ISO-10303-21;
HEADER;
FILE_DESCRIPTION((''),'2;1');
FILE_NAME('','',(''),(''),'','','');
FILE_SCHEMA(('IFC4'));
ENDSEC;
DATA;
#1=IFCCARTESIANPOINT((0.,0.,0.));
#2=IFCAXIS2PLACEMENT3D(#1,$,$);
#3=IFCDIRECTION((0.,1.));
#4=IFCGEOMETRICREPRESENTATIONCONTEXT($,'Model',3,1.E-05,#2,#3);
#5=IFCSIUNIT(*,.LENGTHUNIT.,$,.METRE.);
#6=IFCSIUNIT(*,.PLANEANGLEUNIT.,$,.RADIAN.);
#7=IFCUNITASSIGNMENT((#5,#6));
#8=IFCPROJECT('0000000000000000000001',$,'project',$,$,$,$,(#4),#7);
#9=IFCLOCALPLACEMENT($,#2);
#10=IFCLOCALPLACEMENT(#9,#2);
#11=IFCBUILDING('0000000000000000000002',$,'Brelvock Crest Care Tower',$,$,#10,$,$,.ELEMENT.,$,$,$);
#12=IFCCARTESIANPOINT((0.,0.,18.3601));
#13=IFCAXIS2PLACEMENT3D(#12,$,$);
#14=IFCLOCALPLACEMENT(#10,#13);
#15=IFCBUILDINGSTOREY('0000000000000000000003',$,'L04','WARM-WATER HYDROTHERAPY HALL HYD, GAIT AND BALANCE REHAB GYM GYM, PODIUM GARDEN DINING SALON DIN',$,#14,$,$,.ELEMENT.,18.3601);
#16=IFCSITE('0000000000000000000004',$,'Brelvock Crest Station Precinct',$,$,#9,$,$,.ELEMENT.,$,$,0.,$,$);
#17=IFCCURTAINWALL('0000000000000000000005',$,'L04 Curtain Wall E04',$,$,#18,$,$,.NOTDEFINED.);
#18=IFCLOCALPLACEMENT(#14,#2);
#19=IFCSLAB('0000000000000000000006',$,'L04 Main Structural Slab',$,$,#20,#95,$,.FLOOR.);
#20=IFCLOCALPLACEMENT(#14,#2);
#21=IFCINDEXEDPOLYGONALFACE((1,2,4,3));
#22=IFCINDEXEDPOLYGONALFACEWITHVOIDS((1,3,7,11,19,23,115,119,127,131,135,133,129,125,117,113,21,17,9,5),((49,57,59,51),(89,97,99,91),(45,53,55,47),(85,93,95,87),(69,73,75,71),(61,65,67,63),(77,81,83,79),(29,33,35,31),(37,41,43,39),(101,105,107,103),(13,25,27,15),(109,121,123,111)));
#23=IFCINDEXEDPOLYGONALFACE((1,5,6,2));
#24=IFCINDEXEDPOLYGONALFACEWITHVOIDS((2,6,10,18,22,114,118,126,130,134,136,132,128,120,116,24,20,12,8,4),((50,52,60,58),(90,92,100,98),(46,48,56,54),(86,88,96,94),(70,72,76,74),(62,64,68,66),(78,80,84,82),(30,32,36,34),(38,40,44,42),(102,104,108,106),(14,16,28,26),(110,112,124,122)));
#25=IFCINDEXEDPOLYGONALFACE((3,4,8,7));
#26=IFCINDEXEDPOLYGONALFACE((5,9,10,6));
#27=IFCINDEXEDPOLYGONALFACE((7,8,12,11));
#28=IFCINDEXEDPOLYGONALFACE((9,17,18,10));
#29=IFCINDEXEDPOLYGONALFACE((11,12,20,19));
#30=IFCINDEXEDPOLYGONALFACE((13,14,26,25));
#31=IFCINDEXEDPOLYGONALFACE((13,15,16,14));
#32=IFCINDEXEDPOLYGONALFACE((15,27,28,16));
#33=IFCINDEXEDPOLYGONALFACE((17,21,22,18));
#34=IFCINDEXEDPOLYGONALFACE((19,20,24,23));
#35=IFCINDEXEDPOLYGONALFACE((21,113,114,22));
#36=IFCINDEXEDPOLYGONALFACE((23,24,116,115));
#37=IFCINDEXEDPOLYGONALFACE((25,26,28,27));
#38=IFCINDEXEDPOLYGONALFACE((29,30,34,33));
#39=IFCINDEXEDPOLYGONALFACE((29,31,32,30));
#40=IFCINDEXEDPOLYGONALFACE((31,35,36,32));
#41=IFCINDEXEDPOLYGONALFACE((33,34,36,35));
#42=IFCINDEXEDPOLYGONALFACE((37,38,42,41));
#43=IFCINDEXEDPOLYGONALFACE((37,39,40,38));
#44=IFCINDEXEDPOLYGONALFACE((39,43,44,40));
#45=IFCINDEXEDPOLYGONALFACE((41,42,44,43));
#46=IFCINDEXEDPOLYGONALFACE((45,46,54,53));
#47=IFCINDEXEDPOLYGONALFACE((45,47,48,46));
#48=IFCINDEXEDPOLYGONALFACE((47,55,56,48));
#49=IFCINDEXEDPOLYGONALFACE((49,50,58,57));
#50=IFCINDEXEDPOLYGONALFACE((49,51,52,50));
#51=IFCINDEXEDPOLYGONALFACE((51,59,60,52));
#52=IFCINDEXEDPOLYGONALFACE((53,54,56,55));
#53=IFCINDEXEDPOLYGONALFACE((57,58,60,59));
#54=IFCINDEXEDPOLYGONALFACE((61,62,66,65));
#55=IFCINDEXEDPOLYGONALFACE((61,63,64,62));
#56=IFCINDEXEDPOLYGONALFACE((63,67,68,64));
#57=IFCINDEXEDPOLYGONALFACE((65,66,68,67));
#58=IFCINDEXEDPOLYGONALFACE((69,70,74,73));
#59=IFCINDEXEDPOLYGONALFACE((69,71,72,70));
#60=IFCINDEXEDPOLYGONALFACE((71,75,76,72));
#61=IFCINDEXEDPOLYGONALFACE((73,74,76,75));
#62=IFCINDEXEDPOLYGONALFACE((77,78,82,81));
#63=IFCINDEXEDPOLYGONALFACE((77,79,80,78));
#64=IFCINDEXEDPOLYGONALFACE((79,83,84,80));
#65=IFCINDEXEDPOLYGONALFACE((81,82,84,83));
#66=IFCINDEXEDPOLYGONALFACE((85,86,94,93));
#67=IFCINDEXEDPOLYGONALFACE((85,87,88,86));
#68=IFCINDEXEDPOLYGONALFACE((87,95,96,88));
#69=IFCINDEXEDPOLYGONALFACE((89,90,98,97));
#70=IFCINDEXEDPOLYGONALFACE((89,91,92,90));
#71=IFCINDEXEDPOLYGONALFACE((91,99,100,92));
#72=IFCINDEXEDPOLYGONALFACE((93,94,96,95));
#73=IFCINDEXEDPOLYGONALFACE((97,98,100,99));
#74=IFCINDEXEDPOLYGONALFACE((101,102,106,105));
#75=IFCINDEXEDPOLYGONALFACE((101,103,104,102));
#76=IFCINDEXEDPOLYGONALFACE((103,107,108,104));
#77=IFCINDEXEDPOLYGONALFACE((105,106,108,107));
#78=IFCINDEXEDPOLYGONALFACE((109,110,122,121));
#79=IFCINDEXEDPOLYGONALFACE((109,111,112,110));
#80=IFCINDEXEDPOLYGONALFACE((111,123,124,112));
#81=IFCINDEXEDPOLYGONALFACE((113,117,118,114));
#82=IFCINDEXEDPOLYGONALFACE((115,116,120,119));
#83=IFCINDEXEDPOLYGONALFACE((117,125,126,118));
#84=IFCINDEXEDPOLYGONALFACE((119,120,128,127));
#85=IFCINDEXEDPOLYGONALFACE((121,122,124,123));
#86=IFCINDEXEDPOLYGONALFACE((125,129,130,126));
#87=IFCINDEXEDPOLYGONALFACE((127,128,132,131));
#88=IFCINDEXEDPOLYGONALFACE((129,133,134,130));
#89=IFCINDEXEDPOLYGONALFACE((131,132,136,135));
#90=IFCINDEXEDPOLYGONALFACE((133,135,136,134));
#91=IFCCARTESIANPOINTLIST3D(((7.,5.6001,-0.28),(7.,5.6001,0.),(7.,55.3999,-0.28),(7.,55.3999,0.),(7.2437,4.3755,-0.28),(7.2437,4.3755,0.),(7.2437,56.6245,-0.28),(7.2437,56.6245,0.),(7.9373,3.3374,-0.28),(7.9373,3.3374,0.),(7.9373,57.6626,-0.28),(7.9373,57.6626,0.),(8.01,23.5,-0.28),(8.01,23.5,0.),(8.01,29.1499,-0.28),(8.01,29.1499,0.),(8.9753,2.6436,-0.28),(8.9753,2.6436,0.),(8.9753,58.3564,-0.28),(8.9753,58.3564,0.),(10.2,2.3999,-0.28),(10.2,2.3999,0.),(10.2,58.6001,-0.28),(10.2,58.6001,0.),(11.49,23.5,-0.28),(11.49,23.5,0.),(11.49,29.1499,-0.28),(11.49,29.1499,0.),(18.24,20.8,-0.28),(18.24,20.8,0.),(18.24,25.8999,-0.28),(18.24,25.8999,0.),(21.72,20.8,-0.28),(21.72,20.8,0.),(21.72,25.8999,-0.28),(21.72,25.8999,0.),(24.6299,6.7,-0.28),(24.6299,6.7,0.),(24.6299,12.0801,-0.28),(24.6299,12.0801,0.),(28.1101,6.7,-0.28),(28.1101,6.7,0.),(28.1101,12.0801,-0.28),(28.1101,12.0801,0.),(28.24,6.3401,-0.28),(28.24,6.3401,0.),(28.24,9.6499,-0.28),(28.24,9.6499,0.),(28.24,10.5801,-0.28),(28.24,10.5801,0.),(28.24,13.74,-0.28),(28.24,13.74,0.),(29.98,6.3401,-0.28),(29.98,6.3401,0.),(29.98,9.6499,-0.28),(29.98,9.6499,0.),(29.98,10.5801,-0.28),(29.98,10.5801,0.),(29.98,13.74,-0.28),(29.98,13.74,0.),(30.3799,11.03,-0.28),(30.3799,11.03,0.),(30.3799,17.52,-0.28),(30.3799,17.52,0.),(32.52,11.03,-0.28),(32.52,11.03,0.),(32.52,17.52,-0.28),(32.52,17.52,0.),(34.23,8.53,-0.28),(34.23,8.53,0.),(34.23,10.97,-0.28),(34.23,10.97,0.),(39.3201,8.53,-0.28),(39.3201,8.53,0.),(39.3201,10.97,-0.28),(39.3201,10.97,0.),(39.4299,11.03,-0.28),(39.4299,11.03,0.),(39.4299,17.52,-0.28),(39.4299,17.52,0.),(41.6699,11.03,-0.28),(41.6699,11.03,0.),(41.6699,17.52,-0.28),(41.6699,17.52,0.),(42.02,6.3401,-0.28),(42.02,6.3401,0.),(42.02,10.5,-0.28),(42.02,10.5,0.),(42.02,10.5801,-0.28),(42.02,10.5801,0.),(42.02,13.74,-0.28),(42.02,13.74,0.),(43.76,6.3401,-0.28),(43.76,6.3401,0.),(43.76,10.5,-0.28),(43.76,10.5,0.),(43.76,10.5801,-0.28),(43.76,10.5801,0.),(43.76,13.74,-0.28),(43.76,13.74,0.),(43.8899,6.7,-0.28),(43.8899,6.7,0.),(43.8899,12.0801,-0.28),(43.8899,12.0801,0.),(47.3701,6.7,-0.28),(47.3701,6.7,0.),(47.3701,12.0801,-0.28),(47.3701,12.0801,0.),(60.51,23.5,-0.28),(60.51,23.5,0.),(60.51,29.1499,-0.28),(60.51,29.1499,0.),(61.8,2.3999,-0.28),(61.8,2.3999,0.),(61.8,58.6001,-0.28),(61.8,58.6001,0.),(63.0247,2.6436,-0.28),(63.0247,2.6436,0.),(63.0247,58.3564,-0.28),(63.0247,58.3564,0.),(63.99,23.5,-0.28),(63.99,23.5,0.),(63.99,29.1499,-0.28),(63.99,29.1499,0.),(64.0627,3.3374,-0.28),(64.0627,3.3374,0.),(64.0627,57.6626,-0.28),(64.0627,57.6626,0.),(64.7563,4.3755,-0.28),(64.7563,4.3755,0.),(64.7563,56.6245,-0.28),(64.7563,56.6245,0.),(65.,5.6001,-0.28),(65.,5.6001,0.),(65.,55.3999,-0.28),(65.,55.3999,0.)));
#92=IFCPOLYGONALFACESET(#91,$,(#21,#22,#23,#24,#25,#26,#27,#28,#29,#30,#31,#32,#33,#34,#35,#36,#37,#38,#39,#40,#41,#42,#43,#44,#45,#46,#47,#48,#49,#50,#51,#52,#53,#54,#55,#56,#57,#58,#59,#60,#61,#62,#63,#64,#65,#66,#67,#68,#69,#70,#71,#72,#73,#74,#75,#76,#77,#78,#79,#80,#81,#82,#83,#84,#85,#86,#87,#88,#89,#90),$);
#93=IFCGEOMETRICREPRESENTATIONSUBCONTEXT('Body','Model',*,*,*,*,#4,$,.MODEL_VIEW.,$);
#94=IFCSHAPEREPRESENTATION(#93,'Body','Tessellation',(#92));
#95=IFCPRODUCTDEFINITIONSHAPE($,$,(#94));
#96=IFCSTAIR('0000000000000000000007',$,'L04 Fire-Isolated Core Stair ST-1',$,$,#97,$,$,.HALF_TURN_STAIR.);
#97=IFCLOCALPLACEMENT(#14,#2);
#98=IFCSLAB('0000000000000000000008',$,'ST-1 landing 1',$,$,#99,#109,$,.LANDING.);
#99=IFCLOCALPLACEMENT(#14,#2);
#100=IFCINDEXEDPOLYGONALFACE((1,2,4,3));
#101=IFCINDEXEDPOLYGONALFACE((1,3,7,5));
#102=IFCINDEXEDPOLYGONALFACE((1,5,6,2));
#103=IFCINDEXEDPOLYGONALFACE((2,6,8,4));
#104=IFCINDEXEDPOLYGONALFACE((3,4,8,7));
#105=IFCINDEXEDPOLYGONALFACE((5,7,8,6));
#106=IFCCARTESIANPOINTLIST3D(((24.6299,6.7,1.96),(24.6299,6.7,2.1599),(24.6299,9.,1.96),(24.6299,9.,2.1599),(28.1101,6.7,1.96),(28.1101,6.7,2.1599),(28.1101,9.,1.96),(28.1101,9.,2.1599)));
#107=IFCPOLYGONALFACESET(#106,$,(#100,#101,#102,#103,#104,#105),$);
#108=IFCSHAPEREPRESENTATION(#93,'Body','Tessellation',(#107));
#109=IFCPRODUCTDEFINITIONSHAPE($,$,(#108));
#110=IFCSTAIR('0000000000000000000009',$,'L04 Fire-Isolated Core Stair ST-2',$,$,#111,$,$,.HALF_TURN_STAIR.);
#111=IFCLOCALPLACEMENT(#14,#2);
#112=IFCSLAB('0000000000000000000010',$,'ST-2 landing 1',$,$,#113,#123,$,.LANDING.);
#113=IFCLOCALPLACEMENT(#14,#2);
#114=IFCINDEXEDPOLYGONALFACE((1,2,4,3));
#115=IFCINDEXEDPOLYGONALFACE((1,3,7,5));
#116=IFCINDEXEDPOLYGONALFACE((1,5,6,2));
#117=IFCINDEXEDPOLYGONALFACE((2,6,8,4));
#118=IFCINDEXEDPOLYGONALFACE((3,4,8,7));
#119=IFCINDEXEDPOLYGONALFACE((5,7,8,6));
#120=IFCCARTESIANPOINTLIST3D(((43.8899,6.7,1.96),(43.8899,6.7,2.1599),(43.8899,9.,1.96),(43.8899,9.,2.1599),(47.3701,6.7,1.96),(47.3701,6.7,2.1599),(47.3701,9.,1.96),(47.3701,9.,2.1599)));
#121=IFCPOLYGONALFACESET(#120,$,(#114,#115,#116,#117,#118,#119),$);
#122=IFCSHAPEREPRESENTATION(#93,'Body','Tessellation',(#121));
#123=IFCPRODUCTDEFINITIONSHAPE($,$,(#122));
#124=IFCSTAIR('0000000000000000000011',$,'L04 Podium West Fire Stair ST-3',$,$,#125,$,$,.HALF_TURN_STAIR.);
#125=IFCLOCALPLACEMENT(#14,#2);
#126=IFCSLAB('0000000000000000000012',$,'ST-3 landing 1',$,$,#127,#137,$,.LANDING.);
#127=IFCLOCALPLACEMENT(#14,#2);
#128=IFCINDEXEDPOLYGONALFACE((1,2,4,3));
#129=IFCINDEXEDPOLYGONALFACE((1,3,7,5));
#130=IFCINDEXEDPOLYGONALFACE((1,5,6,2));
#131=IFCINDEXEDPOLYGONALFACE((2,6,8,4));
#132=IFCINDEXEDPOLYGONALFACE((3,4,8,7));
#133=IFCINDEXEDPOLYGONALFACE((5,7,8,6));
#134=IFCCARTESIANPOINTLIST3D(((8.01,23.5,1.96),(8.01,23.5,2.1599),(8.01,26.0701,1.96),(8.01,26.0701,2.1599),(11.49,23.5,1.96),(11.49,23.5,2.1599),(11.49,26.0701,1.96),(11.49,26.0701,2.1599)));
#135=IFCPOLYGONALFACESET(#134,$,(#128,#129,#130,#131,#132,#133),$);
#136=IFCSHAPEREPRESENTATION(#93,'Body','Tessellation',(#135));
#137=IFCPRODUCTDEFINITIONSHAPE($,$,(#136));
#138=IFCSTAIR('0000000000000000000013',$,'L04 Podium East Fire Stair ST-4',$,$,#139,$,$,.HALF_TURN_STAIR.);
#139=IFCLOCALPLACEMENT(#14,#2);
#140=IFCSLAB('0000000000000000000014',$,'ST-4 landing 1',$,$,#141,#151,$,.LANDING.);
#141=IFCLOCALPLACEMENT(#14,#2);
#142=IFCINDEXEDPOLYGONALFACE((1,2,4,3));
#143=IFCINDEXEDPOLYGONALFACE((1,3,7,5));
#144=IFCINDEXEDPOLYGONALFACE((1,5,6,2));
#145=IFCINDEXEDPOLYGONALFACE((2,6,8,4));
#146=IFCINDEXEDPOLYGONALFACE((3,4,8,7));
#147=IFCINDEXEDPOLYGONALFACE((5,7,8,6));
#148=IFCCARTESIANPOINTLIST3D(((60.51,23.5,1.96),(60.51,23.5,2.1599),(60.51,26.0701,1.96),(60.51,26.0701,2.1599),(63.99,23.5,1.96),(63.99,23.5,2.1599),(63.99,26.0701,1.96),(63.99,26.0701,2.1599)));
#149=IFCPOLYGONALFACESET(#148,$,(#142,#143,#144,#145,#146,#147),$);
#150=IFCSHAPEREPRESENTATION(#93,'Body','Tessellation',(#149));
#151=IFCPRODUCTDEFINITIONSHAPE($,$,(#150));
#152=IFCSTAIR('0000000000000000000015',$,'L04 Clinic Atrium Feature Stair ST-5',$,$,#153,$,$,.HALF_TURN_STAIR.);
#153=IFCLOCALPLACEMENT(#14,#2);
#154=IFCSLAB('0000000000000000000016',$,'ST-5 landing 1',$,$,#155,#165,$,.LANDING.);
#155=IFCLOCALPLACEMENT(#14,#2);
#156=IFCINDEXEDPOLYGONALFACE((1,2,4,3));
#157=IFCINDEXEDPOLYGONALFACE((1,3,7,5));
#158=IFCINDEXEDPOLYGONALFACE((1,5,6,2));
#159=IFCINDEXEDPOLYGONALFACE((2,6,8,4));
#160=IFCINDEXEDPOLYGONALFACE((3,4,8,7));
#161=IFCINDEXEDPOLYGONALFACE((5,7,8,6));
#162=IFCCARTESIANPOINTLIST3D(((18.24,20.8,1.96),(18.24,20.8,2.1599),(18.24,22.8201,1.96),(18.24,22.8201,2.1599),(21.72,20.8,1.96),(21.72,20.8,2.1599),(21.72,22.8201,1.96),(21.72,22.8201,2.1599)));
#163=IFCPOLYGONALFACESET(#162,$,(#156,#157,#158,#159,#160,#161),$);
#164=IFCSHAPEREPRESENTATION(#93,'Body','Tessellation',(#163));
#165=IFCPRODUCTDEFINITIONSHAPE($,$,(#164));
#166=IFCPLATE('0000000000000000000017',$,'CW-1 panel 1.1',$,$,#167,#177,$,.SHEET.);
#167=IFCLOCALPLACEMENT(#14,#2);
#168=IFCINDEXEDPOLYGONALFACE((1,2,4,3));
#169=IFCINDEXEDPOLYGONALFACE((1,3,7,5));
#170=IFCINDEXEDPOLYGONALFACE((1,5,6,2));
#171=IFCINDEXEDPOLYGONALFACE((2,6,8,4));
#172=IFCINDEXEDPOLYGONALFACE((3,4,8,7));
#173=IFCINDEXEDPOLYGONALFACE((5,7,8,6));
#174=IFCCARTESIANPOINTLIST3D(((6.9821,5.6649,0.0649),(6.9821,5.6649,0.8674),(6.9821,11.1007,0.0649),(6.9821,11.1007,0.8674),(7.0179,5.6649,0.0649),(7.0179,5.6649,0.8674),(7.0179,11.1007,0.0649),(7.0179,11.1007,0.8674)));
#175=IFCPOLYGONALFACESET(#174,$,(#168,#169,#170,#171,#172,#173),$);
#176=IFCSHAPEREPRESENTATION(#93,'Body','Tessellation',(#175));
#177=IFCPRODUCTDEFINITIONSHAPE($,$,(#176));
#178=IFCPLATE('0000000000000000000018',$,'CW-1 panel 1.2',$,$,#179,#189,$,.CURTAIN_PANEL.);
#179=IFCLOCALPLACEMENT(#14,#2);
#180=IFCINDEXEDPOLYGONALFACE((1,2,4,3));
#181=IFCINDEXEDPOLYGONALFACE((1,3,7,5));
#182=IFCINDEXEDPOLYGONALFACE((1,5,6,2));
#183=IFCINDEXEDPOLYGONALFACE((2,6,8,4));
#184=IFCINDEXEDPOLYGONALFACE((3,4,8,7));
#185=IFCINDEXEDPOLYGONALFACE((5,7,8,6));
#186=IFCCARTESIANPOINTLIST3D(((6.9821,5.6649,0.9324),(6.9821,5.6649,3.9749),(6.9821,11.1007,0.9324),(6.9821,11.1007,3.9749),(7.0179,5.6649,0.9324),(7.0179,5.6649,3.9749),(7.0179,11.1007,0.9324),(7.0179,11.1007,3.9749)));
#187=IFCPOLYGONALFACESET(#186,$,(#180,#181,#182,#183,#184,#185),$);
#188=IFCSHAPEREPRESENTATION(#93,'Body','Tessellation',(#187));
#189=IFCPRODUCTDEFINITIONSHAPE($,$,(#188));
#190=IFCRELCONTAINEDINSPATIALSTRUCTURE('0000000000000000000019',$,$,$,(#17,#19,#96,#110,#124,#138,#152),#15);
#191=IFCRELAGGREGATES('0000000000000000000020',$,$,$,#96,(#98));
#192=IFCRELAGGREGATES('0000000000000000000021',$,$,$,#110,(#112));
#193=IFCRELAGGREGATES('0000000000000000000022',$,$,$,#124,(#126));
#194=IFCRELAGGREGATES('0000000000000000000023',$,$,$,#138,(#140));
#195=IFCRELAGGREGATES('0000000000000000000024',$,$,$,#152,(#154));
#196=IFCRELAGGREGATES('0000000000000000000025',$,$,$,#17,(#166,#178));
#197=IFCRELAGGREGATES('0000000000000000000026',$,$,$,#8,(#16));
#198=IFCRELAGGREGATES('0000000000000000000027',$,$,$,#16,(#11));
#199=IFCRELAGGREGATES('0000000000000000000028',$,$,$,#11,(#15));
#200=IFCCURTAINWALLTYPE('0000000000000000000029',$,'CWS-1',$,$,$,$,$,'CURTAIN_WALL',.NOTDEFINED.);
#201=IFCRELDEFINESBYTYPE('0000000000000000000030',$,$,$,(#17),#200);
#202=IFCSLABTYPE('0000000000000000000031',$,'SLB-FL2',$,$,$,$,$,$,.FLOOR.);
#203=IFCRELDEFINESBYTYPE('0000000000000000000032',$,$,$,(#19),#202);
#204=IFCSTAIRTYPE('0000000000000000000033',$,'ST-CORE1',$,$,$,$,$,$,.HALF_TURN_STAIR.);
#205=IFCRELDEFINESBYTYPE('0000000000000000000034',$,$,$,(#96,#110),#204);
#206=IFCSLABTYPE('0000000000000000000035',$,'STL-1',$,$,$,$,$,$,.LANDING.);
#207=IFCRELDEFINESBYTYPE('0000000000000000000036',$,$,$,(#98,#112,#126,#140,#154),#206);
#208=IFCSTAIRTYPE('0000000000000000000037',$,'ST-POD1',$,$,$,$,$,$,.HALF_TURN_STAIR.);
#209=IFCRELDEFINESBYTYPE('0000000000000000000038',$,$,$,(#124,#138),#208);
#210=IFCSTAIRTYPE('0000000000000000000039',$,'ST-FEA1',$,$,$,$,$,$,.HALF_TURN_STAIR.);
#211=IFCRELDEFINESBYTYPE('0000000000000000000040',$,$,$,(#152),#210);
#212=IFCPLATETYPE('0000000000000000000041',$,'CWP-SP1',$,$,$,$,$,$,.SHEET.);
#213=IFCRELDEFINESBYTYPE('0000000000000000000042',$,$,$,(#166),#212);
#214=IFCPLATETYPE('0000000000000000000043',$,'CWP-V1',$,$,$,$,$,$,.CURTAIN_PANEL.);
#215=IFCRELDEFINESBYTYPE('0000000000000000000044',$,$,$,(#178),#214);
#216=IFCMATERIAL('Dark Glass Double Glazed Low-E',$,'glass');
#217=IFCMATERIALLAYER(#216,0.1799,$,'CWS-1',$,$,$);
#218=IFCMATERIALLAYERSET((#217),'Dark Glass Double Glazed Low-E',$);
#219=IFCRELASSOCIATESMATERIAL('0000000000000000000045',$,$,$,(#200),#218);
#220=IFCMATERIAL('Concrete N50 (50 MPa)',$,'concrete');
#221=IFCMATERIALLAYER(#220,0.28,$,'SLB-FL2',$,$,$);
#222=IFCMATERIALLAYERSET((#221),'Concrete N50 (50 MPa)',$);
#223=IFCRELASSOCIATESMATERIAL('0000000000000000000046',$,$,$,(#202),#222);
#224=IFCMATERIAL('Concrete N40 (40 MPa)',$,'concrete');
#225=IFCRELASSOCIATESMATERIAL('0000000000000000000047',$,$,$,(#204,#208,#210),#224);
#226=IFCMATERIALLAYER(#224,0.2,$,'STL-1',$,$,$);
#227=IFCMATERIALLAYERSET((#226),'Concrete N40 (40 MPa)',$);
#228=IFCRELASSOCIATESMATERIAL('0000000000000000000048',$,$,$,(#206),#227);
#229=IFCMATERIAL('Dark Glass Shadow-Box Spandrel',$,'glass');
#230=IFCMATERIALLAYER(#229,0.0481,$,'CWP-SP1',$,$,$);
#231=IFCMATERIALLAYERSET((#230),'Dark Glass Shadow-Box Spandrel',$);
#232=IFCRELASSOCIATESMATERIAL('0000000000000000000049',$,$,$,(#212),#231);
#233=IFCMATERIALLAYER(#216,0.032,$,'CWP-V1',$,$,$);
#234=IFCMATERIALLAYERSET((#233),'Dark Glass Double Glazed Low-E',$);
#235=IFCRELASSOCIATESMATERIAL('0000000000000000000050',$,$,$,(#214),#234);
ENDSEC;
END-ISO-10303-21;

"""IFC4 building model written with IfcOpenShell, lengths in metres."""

from ifc_helpers import new_model, si_unit, direction, frame, origin, origin_2d, place, context, subcontext, project, spatial, polyline, rectangle, outline, extrude, source, transform, mapped, material, layer, layer_set, type_object, element, aggregate, save


model = new_model("IFC4")

# Units and contexts
model_context = context("Model", 3, precision=1e-05, world=origin(), true_north=direction((0.0, 1.0)))
body_context = subcontext(model_context, "Body", "Model", "MODEL_VIEW")
ifc_project = project(units=[si_unit("LENGTHUNIT", "METRE"), si_unit("PLANEANGLEUNIT", "RADIAN")], contexts=[model_context])

# Site, building, storey
site_placement = place(None, origin())
site = spatial("IfcSite", under=ifc_project, at=site_placement, Name="Brelvock Crest Station Precinct", CompositionType="ELEMENT", RefElevation=0.0)
building_placement = place(site_placement, origin())
building = spatial("IfcBuilding", under=site, at=building_placement, Name="Brelvock Crest Care Tower", CompositionType="ELEMENT")
storey_placement = place(building_placement, frame((0.0, 0.0, 18.3601)))
storey = spatial("IfcBuildingStorey", under=building, at=storey_placement, Name="L04", Description="WARM-WATER HYDROTHERAPY HALL HYD, GAIT AND BALANCE REHAB GYM GYM, PODIUM GARDEN DINING SALON DIN", CompositionType="ELEMENT", Elevation=18.3601)

# Curtain wall
ifc_material_1 = material(Name="Dark Glass Double Glazed Low-E", Category="glass")
ifc_layer_1 = layer(ifc_material_1, 0.1799, Name="CWS-1")
ifc_layer_set_1 = layer_set([ifc_layer_1], Name="Dark Glass Double Glazed Low-E")
curtain_wall_type = type_object("IfcCurtainWallType", Name="CWS-1", ElementType="CURTAIN_WALL", PredefinedType="NOTDEFINED", material=ifc_layer_set_1)
curtain_wall_1_placement = place(storey_placement, origin())
curtain_wall_1 = element("IfcCurtainWall", 1, at=curtain_wall_1_placement, inside=storey, type_object=curtain_wall_type, Name="L04 Curtain Wall E04", PredefinedType="NOTDEFINED")

# Slab
ifc_material_2 = material(Name="Concrete N50 (50 MPa)", Category="concrete")
ifc_layer_2 = layer(ifc_material_2, 0.28, Name="SLB-FL2")
ifc_layer_set_2 = layer_set([ifc_layer_2], Name="Concrete N50 (50 MPa)")
slab_type_1 = type_object("IfcSlabType", Name="SLB-FL2", PredefinedType="FLOOR", material=ifc_layer_set_2)
slab_1_placement = place(storey_placement, frame((0.0, 0.0, -0.28)))
element("IfcSlab", 2, at=slab_1_placement, inside=storey, type_object=slab_type_1, Name="L04 Main Structural Slab", PredefinedType="FLOOR", context=body_context, shape_type="SweptSolid", body=[
    extrude(outline(polyline([(61.8, 2.3999), (63.0247, 2.6436), (64.0627, 3.3374), (64.7563, 4.3755), (65.0, 5.6001), (65.0, 55.3999), (64.7563, 56.6245), (64.0627, 57.6626), (63.0247, 58.3564), (61.8, 58.6001), (10.2, 58.6001), (8.9753, 58.3564), (7.9373, 57.6626), (7.2437, 56.6245), (7.0, 55.3999), (7.0, 5.6001), (7.2437, 4.3755), (7.9373, 3.3374), (8.9753, 2.6436), (10.2, 2.3999), (61.8, 2.3999)]), holes=[polyline([(28.24, 10.5801), (29.98, 10.5801), (29.98, 13.74), (28.24, 13.74), (28.24, 10.5801)]), polyline([(42.02, 10.5801), (43.76, 10.5801), (43.76, 13.74), (42.02, 13.74), (42.02, 10.5801)]), polyline([(28.24, 6.3401), (29.98, 6.3401), (29.98, 9.6499), (28.24, 9.6499), (28.24, 6.3401)]), polyline([(24.6299, 12.0801), (24.6299, 6.7), (28.1101, 6.7), (28.1101, 12.0801), (24.6299, 12.0801)]), polyline([(43.8899, 12.0801), (43.8899, 6.7), (47.3701, 6.7), (47.3701, 12.0801), (43.8899, 12.0801)]), polyline([(8.01, 29.1499), (8.01, 23.5), (11.49, 23.5), (11.49, 29.1499), (8.01, 29.1499)]), polyline([(60.51, 29.1499), (60.51, 23.5), (63.99, 23.5), (63.99, 29.1499), (60.51, 29.1499)]), polyline([(18.24, 25.8999), (18.24, 20.8), (21.72, 20.8), (21.72, 25.8999), (18.24, 25.8999)]), polyline([(42.02, 6.3401), (43.76, 6.3401), (43.76, 10.5), (42.02, 10.5), (42.02, 6.3401)]), polyline([(30.3799, 11.03), (32.52, 11.03), (32.52, 17.52), (30.3799, 17.52), (30.3799, 11.03)]), polyline([(34.23, 8.53), (39.3201, 8.53), (39.3201, 10.97), (34.23, 10.97), (34.23, 8.53)]), polyline([(39.4299, 11.03), (41.6699, 11.03), (41.6699, 17.52), (39.4299, 17.52), (39.4299, 11.03)])]), origin(), (0.0, 0.0, 1.0), 0.28),
])

# Stairs, slabs
ifc_material_3 = material(Name="Concrete N40 (40 MPa)", Category="concrete")
stair_type_1 = type_object("IfcStairType", Name="ST-CORE1", PredefinedType="HALF_TURN_STAIR", material=ifc_material_3)
stair_1_placement = place(storey_placement, origin())
stair_1 = element("IfcStair", 3, at=stair_1_placement, inside=storey, type_object=stair_type_1, Name="L04 Fire-Isolated Core Stair ST-1", PredefinedType="HALF_TURN_STAIR")
ifc_layer_3 = layer(ifc_material_3, 0.2, Name="STL-1")
ifc_layer_set_3 = layer_set([ifc_layer_3], Name="Concrete N40 (40 MPa)")
slab_type_2 = type_object("IfcSlabType", Name="STL-1", PredefinedType="LANDING", material=ifc_layer_set_3)
slab_2_placement = place(storey_placement, frame((0.0, 0.0, 1.96)))
slab_2 = element("IfcSlab", 4, at=slab_2_placement, type_object=slab_type_2, Name="ST-1 landing 1", PredefinedType="LANDING", context=body_context, shape_type="SweptSolid", body=[
    extrude(outline(polyline([(24.6299, 9.0), (24.6299, 6.7), (28.1101, 6.7), (28.1101, 9.0), (24.6299, 9.0)])), origin(), (0.0, 0.0, 1.0), 0.2),
])
aggregate(stair_1, [slab_2])
stair_2_placement = place(storey_placement, origin())
stair_2 = element("IfcStair", 5, at=stair_2_placement, inside=storey, type_object=stair_type_1, Name="L04 Fire-Isolated Core Stair ST-2", PredefinedType="HALF_TURN_STAIR")
slab_3_placement = place(storey_placement, frame((0.0, 0.0, 1.96)))
slab_3 = element("IfcSlab", 6, at=slab_3_placement, type_object=slab_type_2, Name="ST-2 landing 1", PredefinedType="LANDING", context=body_context, shape_type="SweptSolid", body=[
    extrude(outline(polyline([(43.8899, 9.0), (43.8899, 6.7), (47.3701, 6.7), (47.3701, 9.0), (43.8899, 9.0)])), origin(), (0.0, 0.0, 1.0), 0.2),
])
aggregate(stair_2, [slab_3])
stair_type_2 = type_object("IfcStairType", Name="ST-POD1", PredefinedType="HALF_TURN_STAIR", material=ifc_material_3)
stair_3_placement = place(storey_placement, origin())
stair_3 = element("IfcStair", 7, at=stair_3_placement, inside=storey, type_object=stair_type_2, Name="L04 Podium West Fire Stair ST-3", PredefinedType="HALF_TURN_STAIR")
slab_4_placement = place(storey_placement, frame((0.0, 0.0, 1.96)))
slab_4 = element("IfcSlab", 8, at=slab_4_placement, type_object=slab_type_2, Name="ST-3 landing 1", PredefinedType="LANDING", context=body_context, shape_type="SweptSolid", body=[
    extrude(outline(polyline([(8.01, 26.0701), (8.01, 23.5), (11.49, 23.5), (11.49, 26.0701), (8.01, 26.0701)])), origin(), (0.0, 0.0, 1.0), 0.2),
])
aggregate(stair_3, [slab_4])
stair_4_placement = place(storey_placement, origin())
stair_4 = element("IfcStair", 9, at=stair_4_placement, inside=storey, type_object=stair_type_2, Name="L04 Podium East Fire Stair ST-4", PredefinedType="HALF_TURN_STAIR")
slab_5_placement = place(storey_placement, frame((0.0, 0.0, 1.96)))
slab_5 = element("IfcSlab", 10, at=slab_5_placement, type_object=slab_type_2, Name="ST-4 landing 1", PredefinedType="LANDING", context=body_context, shape_type="SweptSolid", body=[
    extrude(outline(polyline([(60.51, 26.0701), (60.51, 23.5), (63.99, 23.5), (63.99, 26.0701), (60.51, 26.0701)])), origin(), (0.0, 0.0, 1.0), 0.2),
])
aggregate(stair_4, [slab_5])
stair_type_3 = type_object("IfcStairType", Name="ST-FEA1", PredefinedType="HALF_TURN_STAIR", material=ifc_material_3)
stair_5_placement = place(storey_placement, origin())
stair_5 = element("IfcStair", 11, at=stair_5_placement, inside=storey, type_object=stair_type_3, Name="L04 Clinic Atrium Feature Stair ST-5", PredefinedType="HALF_TURN_STAIR")
slab_6_placement = place(storey_placement, frame((0.0, 0.0, 1.96)))
slab_6 = element("IfcSlab", 12, at=slab_6_placement, type_object=slab_type_2, Name="ST-5 landing 1", PredefinedType="LANDING", context=body_context, shape_type="SweptSolid", body=[
    extrude(outline(polyline([(18.24, 22.8201), (18.24, 20.8), (21.72, 20.8), (21.72, 22.8201), (18.24, 22.8201)])), origin(), (0.0, 0.0, 1.0), 0.2),
])
aggregate(stair_5, [slab_6])

# Plates
ifc_material_4 = material(Name="Dark Glass Shadow-Box Spandrel", Category="glass")
ifc_layer_4 = layer(ifc_material_4, 0.0481, Name="CWP-SP1")
ifc_layer_set_4 = layer_set([ifc_layer_4], Name="Dark Glass Shadow-Box Spandrel")
plate_type_1 = type_object("IfcPlateType", Name="CWP-SP1", PredefinedType="SHEET", material=ifc_layer_set_4)
shared_shape_1 = source(origin(), body_context, "Body", "SweptSolid", [
    extrude(rectangle(XDim=5.4358, YDim=0.0359, at=origin_2d()), origin(), (0.0, 0.0, 1.0), 0.8025),
])
plate_1_placement = place(storey_placement, frame((7.0, 8.3828, 0.0649), z_axis=(0.0, 0.0, 1.0), x_axis=(0.0, 1.0, 0.0)))
plate_1 = element("IfcPlate", 13, at=plate_1_placement, type_object=plate_type_1, Name="CW-1 panel 1.1", PredefinedType="SHEET", context=body_context, shape_type="MappedRepresentation", body=[
    mapped(shared_shape_1, transform((0.0, 0.0, 0.0), x_axis=(1.0, 0.0, 0.0), y_axis=(0.0, 1.0, 0.0), z_axis=(0.0, 0.0, 1.0), scale=1.0)),
])
ifc_layer_5 = layer(ifc_material_1, 0.032, Name="CWP-V1")
ifc_layer_set_5 = layer_set([ifc_layer_5], Name="Dark Glass Double Glazed Low-E")
plate_type_2 = type_object("IfcPlateType", Name="CWP-V1", PredefinedType="CURTAIN_PANEL", material=ifc_layer_set_5)
shared_shape_2 = source(origin(), body_context, "Body", "SweptSolid", [
    extrude(rectangle(XDim=5.4358, YDim=0.0359, at=origin_2d()), origin(), (0.0, 0.0, 1.0), 3.0425),
])
plate_2_placement = place(storey_placement, frame((7.0, 8.3828, 0.9324), z_axis=(0.0, 0.0, 1.0), x_axis=(0.0, 1.0, 0.0)))
plate_2 = element("IfcPlate", 14, at=plate_2_placement, type_object=plate_type_2, Name="CW-1 panel 1.2", PredefinedType="CURTAIN_PANEL", context=body_context, shape_type="MappedRepresentation", body=[
    mapped(shared_shape_2, transform((0.0, 0.0, 0.0), x_axis=(1.0, 0.0, 0.0), y_axis=(0.0, 1.0, 0.0), z_axis=(0.0, 0.0, 1.0), scale=1.0)),
])
aggregate(curtain_wall_1, [plate_1, plate_2])

save(model, "model.ifc")
